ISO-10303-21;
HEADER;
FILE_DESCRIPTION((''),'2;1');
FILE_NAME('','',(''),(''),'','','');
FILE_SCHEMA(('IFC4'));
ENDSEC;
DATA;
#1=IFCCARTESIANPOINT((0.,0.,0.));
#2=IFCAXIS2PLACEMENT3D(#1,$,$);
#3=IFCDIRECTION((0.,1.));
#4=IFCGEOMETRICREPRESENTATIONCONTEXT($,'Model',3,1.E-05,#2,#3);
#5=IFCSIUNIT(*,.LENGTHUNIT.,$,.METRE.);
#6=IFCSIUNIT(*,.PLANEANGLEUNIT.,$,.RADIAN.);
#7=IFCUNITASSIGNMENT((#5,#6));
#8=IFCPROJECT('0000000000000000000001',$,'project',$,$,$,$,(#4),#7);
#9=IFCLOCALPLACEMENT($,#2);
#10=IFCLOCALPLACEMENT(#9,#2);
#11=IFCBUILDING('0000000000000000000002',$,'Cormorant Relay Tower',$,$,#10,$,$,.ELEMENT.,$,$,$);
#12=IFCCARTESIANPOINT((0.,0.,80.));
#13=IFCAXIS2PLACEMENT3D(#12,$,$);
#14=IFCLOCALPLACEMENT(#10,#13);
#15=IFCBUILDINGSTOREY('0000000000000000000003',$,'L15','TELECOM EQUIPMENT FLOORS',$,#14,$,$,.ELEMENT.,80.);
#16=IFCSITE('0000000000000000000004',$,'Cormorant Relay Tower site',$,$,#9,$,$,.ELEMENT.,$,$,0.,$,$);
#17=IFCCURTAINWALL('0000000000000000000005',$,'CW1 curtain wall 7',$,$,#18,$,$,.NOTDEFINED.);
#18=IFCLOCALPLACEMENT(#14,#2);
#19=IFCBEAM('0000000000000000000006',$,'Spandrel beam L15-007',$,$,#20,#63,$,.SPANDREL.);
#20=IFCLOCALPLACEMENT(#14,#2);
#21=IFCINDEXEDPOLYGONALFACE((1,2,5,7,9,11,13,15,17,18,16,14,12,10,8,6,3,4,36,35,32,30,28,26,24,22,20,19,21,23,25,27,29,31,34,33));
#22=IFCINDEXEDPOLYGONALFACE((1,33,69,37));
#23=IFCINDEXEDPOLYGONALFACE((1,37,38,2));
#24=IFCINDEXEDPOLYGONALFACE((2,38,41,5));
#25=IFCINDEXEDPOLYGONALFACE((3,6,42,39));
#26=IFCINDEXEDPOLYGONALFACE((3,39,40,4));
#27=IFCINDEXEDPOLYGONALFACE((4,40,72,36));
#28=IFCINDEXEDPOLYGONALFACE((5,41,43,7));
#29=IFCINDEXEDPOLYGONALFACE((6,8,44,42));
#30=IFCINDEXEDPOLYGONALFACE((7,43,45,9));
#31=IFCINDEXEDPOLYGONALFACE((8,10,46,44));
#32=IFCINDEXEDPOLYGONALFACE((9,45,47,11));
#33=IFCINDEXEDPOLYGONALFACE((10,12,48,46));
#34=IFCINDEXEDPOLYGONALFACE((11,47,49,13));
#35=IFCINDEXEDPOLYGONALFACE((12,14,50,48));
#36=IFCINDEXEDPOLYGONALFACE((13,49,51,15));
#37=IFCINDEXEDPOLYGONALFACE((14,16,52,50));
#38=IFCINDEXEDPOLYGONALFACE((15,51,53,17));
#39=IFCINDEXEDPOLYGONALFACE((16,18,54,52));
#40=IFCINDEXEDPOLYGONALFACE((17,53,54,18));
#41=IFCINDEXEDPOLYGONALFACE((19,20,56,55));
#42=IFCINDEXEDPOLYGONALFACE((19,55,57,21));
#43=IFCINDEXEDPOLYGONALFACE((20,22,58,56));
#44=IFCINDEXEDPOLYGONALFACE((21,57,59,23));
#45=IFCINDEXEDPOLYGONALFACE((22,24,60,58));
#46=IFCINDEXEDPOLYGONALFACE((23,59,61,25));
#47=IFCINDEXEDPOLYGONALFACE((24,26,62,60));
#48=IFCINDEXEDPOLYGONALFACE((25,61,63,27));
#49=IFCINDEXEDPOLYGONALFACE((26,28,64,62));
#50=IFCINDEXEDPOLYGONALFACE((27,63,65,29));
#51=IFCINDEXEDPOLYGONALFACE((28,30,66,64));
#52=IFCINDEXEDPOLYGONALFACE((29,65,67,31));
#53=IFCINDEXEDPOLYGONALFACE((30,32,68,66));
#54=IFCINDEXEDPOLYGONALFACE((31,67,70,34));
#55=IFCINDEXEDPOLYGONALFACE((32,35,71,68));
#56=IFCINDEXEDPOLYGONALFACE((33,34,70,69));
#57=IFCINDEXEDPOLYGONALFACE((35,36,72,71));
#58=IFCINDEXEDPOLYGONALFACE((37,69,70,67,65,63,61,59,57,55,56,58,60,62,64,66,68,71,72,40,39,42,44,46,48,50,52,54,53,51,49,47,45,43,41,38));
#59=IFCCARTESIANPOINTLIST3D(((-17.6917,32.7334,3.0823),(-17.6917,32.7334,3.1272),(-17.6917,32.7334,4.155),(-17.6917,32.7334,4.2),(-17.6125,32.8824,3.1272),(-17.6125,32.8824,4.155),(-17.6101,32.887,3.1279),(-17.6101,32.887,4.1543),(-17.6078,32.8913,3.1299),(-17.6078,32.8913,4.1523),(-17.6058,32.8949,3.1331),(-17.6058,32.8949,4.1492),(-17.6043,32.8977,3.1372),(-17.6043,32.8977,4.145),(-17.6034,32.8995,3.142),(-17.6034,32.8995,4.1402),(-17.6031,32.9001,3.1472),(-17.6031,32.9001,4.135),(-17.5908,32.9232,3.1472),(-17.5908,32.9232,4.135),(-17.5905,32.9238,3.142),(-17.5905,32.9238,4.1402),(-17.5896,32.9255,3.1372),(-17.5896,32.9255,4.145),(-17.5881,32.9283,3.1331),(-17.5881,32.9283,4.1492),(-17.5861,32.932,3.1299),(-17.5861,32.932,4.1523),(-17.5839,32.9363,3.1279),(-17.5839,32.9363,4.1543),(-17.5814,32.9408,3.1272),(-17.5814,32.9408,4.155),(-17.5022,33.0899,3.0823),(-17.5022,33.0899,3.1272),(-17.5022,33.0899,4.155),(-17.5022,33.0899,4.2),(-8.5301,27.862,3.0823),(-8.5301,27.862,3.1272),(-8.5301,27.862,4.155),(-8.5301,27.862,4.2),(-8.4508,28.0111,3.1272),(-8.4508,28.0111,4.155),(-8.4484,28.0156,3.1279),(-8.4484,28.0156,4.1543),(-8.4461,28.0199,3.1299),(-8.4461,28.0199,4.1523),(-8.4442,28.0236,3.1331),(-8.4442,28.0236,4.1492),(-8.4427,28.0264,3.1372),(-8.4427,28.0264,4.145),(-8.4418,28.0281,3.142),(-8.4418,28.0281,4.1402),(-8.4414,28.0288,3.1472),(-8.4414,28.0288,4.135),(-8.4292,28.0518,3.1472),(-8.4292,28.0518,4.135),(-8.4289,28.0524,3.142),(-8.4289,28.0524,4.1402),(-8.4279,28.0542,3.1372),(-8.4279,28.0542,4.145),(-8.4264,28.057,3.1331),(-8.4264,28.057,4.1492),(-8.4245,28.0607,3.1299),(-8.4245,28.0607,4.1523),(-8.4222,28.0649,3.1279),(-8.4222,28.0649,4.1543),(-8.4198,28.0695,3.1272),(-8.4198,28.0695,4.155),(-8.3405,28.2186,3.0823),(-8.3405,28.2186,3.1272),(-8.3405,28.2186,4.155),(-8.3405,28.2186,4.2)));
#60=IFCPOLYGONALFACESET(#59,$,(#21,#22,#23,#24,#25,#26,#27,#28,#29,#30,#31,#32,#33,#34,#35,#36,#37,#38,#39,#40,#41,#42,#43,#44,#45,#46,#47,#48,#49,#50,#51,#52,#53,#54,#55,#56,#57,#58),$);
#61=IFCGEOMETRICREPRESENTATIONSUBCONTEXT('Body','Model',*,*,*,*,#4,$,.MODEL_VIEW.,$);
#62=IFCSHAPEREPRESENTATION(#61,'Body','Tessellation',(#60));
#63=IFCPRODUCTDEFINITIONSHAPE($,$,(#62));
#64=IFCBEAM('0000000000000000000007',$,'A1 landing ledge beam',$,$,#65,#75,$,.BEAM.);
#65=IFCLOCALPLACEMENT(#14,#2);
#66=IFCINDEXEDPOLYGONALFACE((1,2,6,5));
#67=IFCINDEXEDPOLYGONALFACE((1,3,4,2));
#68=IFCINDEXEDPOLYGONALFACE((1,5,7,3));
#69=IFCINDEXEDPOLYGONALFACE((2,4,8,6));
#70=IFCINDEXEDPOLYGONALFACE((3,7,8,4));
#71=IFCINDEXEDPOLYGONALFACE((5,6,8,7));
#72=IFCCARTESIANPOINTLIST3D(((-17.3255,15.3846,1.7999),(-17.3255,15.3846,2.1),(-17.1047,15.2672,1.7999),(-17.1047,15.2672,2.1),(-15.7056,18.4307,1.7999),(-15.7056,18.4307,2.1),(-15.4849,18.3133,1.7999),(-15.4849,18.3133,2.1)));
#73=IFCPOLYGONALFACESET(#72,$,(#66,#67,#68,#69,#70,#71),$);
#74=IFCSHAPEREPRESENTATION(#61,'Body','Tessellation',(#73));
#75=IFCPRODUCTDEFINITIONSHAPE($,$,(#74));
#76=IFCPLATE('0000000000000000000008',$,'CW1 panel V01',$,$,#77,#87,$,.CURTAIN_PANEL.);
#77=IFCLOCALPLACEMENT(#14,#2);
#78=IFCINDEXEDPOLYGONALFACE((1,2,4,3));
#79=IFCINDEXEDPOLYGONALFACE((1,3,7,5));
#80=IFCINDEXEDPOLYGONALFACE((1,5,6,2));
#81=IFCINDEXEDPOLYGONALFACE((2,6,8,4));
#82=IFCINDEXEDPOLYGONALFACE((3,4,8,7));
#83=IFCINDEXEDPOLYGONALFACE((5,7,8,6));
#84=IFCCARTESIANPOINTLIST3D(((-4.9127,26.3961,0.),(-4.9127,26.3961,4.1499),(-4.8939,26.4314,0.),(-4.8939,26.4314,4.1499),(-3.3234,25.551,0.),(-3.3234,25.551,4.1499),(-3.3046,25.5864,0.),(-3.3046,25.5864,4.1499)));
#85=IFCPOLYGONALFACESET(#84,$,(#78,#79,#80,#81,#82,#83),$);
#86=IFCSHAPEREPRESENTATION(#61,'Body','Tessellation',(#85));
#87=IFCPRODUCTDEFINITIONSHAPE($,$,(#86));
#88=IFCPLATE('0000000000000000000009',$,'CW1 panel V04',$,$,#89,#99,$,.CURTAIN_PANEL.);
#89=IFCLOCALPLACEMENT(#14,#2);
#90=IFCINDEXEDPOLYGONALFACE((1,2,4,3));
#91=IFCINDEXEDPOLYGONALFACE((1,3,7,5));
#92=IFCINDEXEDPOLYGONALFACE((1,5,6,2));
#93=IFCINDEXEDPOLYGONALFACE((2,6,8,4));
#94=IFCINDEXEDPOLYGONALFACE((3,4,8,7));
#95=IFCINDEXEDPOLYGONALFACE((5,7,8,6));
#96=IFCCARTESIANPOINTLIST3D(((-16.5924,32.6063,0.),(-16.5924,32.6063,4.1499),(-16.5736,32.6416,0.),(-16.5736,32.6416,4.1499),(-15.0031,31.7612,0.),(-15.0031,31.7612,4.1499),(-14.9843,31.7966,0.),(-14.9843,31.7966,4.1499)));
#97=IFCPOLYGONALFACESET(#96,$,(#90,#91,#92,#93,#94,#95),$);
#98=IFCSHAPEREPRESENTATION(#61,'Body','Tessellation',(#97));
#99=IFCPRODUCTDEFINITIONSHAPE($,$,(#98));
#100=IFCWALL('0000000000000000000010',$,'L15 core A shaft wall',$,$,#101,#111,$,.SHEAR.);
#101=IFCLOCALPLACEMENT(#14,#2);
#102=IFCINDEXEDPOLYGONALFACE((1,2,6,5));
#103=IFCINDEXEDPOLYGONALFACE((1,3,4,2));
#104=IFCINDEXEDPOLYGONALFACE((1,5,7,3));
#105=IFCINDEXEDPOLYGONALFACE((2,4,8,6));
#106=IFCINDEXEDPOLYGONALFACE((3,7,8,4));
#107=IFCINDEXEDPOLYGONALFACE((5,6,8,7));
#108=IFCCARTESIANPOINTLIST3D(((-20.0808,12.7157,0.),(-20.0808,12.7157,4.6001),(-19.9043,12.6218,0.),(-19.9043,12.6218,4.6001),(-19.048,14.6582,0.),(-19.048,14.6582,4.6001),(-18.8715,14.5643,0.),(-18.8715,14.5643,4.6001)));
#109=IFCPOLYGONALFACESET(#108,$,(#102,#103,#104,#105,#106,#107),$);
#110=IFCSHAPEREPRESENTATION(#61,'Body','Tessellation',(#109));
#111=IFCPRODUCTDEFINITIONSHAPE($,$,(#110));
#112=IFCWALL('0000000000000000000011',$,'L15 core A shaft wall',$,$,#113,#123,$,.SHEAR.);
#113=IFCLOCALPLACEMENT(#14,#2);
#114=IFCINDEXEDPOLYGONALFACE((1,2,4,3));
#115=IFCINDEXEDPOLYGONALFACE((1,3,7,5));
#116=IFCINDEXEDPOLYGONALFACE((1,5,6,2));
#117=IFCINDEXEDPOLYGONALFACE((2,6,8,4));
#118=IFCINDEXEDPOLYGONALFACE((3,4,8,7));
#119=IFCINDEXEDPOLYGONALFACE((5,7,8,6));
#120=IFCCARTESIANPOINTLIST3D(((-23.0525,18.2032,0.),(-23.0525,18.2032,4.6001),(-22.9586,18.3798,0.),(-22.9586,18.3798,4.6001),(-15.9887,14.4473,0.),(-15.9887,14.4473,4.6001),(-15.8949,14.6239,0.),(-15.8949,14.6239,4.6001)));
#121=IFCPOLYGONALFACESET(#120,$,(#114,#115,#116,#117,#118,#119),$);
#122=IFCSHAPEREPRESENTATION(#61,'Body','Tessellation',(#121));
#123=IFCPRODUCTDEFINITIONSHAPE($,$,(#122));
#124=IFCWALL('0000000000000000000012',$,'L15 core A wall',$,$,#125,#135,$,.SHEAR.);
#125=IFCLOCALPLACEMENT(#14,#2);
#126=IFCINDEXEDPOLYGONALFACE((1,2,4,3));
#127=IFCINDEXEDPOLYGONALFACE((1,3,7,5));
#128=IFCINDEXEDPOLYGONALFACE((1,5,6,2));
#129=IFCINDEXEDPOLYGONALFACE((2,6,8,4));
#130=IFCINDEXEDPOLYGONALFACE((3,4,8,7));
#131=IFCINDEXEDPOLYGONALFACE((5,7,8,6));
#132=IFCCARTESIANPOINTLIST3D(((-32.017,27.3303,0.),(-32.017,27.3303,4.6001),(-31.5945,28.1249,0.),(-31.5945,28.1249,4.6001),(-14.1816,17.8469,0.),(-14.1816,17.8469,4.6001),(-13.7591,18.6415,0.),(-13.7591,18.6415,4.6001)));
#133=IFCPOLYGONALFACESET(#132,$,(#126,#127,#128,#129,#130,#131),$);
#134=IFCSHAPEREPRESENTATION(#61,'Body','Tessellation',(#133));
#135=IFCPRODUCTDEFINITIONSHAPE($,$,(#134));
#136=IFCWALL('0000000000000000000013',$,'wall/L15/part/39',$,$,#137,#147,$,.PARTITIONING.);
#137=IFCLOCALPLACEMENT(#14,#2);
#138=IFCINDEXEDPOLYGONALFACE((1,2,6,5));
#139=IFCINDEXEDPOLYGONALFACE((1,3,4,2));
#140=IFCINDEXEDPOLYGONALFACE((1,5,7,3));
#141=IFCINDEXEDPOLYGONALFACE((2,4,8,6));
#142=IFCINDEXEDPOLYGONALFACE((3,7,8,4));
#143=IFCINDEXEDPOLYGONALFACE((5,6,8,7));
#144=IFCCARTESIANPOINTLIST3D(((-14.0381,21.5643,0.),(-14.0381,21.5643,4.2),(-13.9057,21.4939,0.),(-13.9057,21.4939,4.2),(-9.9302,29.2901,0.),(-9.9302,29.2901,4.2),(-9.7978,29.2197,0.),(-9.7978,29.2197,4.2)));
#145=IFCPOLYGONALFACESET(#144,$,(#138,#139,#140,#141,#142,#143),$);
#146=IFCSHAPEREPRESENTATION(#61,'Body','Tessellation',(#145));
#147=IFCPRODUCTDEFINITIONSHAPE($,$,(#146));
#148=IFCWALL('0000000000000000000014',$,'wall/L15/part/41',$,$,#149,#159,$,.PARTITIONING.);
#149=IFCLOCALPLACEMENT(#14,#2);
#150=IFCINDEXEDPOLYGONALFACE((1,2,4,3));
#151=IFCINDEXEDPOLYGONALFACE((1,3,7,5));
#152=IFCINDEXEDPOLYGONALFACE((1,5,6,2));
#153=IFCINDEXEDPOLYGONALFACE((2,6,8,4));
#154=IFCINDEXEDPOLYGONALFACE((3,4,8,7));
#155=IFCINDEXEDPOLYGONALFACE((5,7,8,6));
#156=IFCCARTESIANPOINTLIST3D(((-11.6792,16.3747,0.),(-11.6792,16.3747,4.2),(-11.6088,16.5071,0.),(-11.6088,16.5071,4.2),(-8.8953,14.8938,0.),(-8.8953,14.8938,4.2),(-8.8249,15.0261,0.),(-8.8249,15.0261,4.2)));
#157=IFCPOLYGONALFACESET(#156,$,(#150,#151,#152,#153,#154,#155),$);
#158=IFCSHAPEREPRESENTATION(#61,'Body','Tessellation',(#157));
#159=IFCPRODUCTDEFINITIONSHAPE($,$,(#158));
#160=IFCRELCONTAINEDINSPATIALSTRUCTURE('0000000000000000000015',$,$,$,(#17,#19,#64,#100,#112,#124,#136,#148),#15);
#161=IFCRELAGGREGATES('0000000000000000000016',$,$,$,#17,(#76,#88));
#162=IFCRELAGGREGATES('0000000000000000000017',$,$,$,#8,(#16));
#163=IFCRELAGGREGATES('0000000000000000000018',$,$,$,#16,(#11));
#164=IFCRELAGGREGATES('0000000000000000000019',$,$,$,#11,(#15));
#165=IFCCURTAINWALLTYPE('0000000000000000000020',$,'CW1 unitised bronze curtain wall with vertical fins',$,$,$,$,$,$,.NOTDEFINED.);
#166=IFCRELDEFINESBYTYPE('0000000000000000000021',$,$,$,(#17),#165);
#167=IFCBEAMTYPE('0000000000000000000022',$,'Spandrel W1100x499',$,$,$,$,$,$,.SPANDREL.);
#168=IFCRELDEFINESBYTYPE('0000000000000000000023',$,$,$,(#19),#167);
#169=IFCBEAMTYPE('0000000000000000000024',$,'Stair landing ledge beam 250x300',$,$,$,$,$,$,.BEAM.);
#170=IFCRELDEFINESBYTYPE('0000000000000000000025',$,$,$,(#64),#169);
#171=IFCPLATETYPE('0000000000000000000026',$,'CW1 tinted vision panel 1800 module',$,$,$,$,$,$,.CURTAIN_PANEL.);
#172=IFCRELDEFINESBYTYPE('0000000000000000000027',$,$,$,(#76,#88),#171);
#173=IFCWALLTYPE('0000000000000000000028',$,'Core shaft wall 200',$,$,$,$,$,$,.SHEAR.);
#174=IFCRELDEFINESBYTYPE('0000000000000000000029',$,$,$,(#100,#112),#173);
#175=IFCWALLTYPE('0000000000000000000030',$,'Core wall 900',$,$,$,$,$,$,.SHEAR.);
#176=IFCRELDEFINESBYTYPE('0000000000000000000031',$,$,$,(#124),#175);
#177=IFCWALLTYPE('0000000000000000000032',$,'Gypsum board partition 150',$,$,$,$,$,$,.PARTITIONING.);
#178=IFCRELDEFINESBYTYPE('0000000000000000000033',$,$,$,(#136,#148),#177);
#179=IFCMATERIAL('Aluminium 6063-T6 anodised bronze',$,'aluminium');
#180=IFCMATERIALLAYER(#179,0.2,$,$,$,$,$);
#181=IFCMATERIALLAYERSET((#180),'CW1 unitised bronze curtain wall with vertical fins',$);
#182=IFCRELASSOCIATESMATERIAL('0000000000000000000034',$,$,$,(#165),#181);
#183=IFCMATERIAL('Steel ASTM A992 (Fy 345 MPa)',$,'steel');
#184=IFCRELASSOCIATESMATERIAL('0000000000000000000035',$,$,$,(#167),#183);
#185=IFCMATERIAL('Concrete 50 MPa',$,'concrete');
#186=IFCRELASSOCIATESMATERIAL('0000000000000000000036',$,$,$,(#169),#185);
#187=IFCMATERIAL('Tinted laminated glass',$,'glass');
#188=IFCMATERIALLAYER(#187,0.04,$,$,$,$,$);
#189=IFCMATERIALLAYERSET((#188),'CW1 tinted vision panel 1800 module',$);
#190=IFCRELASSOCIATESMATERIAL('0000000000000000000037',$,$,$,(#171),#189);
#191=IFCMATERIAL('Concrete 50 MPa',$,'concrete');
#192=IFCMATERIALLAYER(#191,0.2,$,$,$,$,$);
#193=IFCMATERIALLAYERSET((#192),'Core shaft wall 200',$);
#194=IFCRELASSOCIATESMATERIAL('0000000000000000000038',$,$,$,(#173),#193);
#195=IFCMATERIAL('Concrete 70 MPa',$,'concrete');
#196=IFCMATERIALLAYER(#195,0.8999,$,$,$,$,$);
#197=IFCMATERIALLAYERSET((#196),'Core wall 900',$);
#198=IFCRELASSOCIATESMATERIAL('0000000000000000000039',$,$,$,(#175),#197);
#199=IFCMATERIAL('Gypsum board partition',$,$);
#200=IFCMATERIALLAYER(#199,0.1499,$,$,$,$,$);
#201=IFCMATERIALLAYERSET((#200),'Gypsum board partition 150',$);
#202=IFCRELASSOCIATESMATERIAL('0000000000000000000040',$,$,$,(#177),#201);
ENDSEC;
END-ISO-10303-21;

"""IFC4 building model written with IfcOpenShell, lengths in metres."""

from ifc_helpers import new_model, si_unit, direction, frame, frame_2d, origin, origin_2d, place, context, subcontext, project, spatial, rectangle, i_section, extrude, material, layer, layer_set, material_profile, profile_set, type_object, element, aggregate, save


model = new_model("IFC4")

# Units and contexts
model_context = context("Model", 3, precision=1e-05, world=origin(), true_north=direction((0.0, 1.0)))
body_context = subcontext(model_context, "Body", "Model", "MODEL_VIEW")
ifc_project = project(units=[si_unit("LENGTHUNIT", "METRE"), si_unit("PLANEANGLEUNIT", "RADIAN")], contexts=[model_context])

# Site, building, storey
site_placement = place(None, origin())
site = spatial("IfcSite", under=ifc_project, at=site_placement, Name="Cormorant Relay Tower site", CompositionType="ELEMENT", RefElevation=0.0)
building_placement = place(site_placement, origin())
building = spatial("IfcBuilding", under=site, at=building_placement, Name="Cormorant Relay Tower", CompositionType="ELEMENT")
storey_placement = place(building_placement, frame((0.0, 0.0, 80.0)))
storey = spatial("IfcBuildingStorey", under=building, at=storey_placement, Name="L15", Description="TELECOM EQUIPMENT FLOORS", CompositionType="ELEMENT", Elevation=80.0)

# Curtain wall
ifc_material_1 = material(Name="Aluminium 6063-T6 anodised bronze", Category="aluminium")
ifc_layer_1 = layer(ifc_material_1, 0.2)
ifc_layer_set_1 = layer_set([ifc_layer_1], Name="CW1 unitised bronze curtain wall with vertical fins")
curtain_wall_type = type_object("IfcCurtainWallType", Name="CW1 unitised bronze curtain wall with vertical fins", PredefinedType="NOTDEFINED", material=ifc_layer_set_1)
curtain_wall_placement = place(storey_placement, origin())
curtain_wall = element("IfcCurtainWall", 1, at=curtain_wall_placement, inside=storey, type_object=curtain_wall_type, Name="CW1 curtain wall 7", PredefinedType="NOTDEFINED")

# Beams
ifc_material_2 = material(Name="Steel ASTM A992 (Fy 345 MPa)", Category="steel")
ifc_material_profile_1 = material_profile(ifc_material_2, i_section(OverallWidth=0.4038, OverallDepth=1.1177, WebThickness=0.0261, FlangeThickness=0.0449, FilletRadius=0.02, at=origin_2d()), Name="W1100x499")
ifc_profile_set_1 = profile_set([ifc_material_profile_1], Name="Steel ASTM A992 (Fy 345 MPa)")
beam_type_1 = type_object("IfcBeamType", Name="Spandrel W1100x499", PredefinedType="SPANDREL", material=ifc_profile_set_1)
beam_1_placement = place(storey_placement, frame((-8.4353, 28.0403, 3.6411), z_axis=(-0.882947, 0.469473, 0.0), x_axis=(-0.469473, -0.882947, 0.0)))
element("IfcBeam", 2, at=beam_1_placement, inside=storey, type_object=beam_type_1, Name="Spandrel beam L15-007", PredefinedType="SPANDREL", context=body_context, shape_type="SweptSolid", body=[
    extrude(i_section(OverallWidth=0.4038, OverallDepth=1.1177, WebThickness=0.0261, FlangeThickness=0.0449, FilletRadius=0.02, at=origin_2d()), origin(), (0.0, 0.0, 1.0), 10.3762),
])
ifc_material_3 = material(Name="Concrete 50 MPa", Category="concrete")
ifc_material_profile_2 = material_profile(ifc_material_3, rectangle(XDim=0.25, YDim=0.3, at=origin_2d()), Name="RC 250x300")
ifc_profile_set_2 = profile_set([ifc_material_profile_2], Name="Concrete 50 MPa")
beam_type_2 = type_object("IfcBeamType", Name="Stair landing ledge beam 250x300", PredefinedType="BEAM", material=ifc_profile_set_2)
beam_2_placement = place(storey_placement, frame((-17.2151, 15.3259, 1.95), z_axis=(0.469519, 0.882922, 0.0), x_axis=(-0.882922, 0.469519, 0.0)))
element("IfcBeam", 3, at=beam_2_placement, inside=storey, type_object=beam_type_2, Name="A1 landing ledge beam", PredefinedType="BEAM", context=body_context, shape_type="SweptSolid", body=[
    extrude(rectangle(XDim=0.25, YDim=0.3, at=origin_2d()), origin(), (0.0, 0.0, 1.0), 3.45),
])

# Plates
ifc_material_4 = material(Name="Tinted laminated glass", Category="glass")
ifc_layer_2 = layer(ifc_material_4, 0.04)
ifc_layer_set_2 = layer_set([ifc_layer_2], Name="CW1 tinted vision panel 1800 module")
plate_type = type_object("IfcPlateType", Name="CW1 tinted vision panel 1800 module", PredefinedType="CURTAIN_PANEL", material=ifc_layer_set_2)
plate_1_placement = place(storey_placement, frame((-4.1086, 25.9912, 0.0), z_axis=(0.0, 0.0, 1.0), x_axis=(-0.882948, 0.469472, 0.0)))
plate_1 = element("IfcPlate", 4, at=plate_1_placement, type_object=plate_type, Name="CW1 panel V01", PredefinedType="CURTAIN_PANEL", context=body_context, shape_type="SweptSolid", body=[
    extrude(rectangle(XDim=1.8, YDim=0.04, at=origin_2d()), origin(), (0.0, 0.0, 1.0), 4.1499),
])
plate_2_placement = place(storey_placement, frame((-15.7883, 32.2014, 0.0), z_axis=(0.0, 0.0, 1.0), x_axis=(-0.882948, 0.469472, 0.0)))
plate_2 = element("IfcPlate", 5, at=plate_2_placement, type_object=plate_type, Name="CW1 panel V04", PredefinedType="CURTAIN_PANEL", context=body_context, shape_type="SweptSolid", body=[
    extrude(rectangle(XDim=1.8, YDim=0.04, at=origin_2d()), origin(), (0.0, 0.0, 1.0), 4.1499),
])

# Walls
ifc_material_5 = material(Name="Concrete 50 MPa", Category="concrete")
ifc_layer_3 = layer(ifc_material_5, 0.2)
ifc_layer_set_3 = layer_set([ifc_layer_3], Name="Core shaft wall 200")
wall_type_1 = type_object("IfcWallType", Name="Core shaft wall 200", PredefinedType="SHEAR", material=ifc_layer_set_3)
wall_1_placement = place(storey_placement, frame((-18.9597, 14.6113, 0.0), z_axis=(0.0, 0.0, 1.0), x_axis=(-0.469447, -0.88296, 0.0)))
element("IfcWall", 6, at=wall_1_placement, inside=storey, type_object=wall_type_1, Name="L15 core A shaft wall", PredefinedType="SHEAR", context=body_context, shape_type="SweptSolid", body=[
    extrude(rectangle(XDim=2.2, YDim=0.2, at=frame_2d((1.1001, 0.0))), origin(), (0.0, 0.0, 1.0), 4.6001),
])
wall_2_placement = place(storey_placement, frame((-15.9419, 14.5356, 0.0), z_axis=(0.0, 0.0, 1.0), x_axis=(-0.882947, 0.469473, 0.0)))
element("IfcWall", 7, at=wall_2_placement, inside=storey, type_object=wall_type_1, Name="L15 core A shaft wall", PredefinedType="SHEAR", context=body_context, shape_type="SweptSolid", body=[
    extrude(rectangle(XDim=8.0002, YDim=0.2, at=frame_2d((4.0, 0.0))), origin(), (0.0, 0.0, 1.0), 4.6001),
])

# Shared definitions
ifc_material_6 = material(Name="Concrete 70 MPa", Category="concrete")
ifc_layer_4 = layer(ifc_material_6, 0.8999)
ifc_layer_set_4 = layer_set([ifc_layer_4], Name="Core wall 900")
wall_type_2 = type_object("IfcWallType", Name="Core wall 900", PredefinedType="SHEAR", material=ifc_layer_set_4)

# Walls
wall_3_placement = place(storey_placement, frame((-13.9702, 18.2441, 0.0), z_axis=(0.0, 0.0, 1.0), x_axis=(-0.882945, 0.469476, 0.0)))
element("IfcWall", 8, at=wall_3_placement, inside=storey, type_object=wall_type_2, Name="L15 core A wall", PredefinedType="SHEAR", context=body_context, shape_type="SweptSolid", body=[
    extrude(rectangle(XDim=20.2, YDim=0.8999, at=frame_2d((10.1001, 0.0))), origin(), (0.0, 0.0, 1.0), 4.6001),
])
ifc_material_7 = material(Name="Gypsum board partition")
ifc_layer_5 = layer(ifc_material_7, 0.1499)
ifc_layer_set_5 = layer_set([ifc_layer_5], Name="Gypsum board partition 150")
wall_type_3 = type_object("IfcWallType", Name="Gypsum board partition 150", PredefinedType="PARTITIONING", material=ifc_layer_set_5)
wall_4_placement = place(storey_placement, frame((-9.864, 29.2549, 0.0), z_axis=(0.0, 0.0, 1.0), x_axis=(-0.469473, -0.882947, 0.0)))
element("IfcWall", 9, at=wall_4_placement, inside=storey, type_object=wall_type_3, Name="wall/L15/part/39", PredefinedType="PARTITIONING", context=body_context, shape_type="SweptSolid", body=[
    extrude(rectangle(XDim=8.75, YDim=0.1499, at=frame_2d((4.375, 0.0))), origin(), (0.0, 0.0, 1.0), 4.2),
])
wall_5_placement = place(storey_placement, frame((-11.644, 16.4409, 0.0), z_axis=(0.0, 0.0, 1.0), x_axis=(0.882854, -0.469648, 0.0)))
element("IfcWall", 10, at=wall_5_placement, inside=storey, type_object=wall_type_3, Name="wall/L15/part/41", PredefinedType="PARTITIONING", context=body_context, shape_type="SweptSolid", body=[
    extrude(rectangle(XDim=3.1533, YDim=0.1499, at=frame_2d((1.5767, 0.0))), origin(), (0.0, 0.0, 1.0), 4.2),
])

aggregate(curtain_wall, [plate_1, plate_2])

save(model, "model.ifc")
